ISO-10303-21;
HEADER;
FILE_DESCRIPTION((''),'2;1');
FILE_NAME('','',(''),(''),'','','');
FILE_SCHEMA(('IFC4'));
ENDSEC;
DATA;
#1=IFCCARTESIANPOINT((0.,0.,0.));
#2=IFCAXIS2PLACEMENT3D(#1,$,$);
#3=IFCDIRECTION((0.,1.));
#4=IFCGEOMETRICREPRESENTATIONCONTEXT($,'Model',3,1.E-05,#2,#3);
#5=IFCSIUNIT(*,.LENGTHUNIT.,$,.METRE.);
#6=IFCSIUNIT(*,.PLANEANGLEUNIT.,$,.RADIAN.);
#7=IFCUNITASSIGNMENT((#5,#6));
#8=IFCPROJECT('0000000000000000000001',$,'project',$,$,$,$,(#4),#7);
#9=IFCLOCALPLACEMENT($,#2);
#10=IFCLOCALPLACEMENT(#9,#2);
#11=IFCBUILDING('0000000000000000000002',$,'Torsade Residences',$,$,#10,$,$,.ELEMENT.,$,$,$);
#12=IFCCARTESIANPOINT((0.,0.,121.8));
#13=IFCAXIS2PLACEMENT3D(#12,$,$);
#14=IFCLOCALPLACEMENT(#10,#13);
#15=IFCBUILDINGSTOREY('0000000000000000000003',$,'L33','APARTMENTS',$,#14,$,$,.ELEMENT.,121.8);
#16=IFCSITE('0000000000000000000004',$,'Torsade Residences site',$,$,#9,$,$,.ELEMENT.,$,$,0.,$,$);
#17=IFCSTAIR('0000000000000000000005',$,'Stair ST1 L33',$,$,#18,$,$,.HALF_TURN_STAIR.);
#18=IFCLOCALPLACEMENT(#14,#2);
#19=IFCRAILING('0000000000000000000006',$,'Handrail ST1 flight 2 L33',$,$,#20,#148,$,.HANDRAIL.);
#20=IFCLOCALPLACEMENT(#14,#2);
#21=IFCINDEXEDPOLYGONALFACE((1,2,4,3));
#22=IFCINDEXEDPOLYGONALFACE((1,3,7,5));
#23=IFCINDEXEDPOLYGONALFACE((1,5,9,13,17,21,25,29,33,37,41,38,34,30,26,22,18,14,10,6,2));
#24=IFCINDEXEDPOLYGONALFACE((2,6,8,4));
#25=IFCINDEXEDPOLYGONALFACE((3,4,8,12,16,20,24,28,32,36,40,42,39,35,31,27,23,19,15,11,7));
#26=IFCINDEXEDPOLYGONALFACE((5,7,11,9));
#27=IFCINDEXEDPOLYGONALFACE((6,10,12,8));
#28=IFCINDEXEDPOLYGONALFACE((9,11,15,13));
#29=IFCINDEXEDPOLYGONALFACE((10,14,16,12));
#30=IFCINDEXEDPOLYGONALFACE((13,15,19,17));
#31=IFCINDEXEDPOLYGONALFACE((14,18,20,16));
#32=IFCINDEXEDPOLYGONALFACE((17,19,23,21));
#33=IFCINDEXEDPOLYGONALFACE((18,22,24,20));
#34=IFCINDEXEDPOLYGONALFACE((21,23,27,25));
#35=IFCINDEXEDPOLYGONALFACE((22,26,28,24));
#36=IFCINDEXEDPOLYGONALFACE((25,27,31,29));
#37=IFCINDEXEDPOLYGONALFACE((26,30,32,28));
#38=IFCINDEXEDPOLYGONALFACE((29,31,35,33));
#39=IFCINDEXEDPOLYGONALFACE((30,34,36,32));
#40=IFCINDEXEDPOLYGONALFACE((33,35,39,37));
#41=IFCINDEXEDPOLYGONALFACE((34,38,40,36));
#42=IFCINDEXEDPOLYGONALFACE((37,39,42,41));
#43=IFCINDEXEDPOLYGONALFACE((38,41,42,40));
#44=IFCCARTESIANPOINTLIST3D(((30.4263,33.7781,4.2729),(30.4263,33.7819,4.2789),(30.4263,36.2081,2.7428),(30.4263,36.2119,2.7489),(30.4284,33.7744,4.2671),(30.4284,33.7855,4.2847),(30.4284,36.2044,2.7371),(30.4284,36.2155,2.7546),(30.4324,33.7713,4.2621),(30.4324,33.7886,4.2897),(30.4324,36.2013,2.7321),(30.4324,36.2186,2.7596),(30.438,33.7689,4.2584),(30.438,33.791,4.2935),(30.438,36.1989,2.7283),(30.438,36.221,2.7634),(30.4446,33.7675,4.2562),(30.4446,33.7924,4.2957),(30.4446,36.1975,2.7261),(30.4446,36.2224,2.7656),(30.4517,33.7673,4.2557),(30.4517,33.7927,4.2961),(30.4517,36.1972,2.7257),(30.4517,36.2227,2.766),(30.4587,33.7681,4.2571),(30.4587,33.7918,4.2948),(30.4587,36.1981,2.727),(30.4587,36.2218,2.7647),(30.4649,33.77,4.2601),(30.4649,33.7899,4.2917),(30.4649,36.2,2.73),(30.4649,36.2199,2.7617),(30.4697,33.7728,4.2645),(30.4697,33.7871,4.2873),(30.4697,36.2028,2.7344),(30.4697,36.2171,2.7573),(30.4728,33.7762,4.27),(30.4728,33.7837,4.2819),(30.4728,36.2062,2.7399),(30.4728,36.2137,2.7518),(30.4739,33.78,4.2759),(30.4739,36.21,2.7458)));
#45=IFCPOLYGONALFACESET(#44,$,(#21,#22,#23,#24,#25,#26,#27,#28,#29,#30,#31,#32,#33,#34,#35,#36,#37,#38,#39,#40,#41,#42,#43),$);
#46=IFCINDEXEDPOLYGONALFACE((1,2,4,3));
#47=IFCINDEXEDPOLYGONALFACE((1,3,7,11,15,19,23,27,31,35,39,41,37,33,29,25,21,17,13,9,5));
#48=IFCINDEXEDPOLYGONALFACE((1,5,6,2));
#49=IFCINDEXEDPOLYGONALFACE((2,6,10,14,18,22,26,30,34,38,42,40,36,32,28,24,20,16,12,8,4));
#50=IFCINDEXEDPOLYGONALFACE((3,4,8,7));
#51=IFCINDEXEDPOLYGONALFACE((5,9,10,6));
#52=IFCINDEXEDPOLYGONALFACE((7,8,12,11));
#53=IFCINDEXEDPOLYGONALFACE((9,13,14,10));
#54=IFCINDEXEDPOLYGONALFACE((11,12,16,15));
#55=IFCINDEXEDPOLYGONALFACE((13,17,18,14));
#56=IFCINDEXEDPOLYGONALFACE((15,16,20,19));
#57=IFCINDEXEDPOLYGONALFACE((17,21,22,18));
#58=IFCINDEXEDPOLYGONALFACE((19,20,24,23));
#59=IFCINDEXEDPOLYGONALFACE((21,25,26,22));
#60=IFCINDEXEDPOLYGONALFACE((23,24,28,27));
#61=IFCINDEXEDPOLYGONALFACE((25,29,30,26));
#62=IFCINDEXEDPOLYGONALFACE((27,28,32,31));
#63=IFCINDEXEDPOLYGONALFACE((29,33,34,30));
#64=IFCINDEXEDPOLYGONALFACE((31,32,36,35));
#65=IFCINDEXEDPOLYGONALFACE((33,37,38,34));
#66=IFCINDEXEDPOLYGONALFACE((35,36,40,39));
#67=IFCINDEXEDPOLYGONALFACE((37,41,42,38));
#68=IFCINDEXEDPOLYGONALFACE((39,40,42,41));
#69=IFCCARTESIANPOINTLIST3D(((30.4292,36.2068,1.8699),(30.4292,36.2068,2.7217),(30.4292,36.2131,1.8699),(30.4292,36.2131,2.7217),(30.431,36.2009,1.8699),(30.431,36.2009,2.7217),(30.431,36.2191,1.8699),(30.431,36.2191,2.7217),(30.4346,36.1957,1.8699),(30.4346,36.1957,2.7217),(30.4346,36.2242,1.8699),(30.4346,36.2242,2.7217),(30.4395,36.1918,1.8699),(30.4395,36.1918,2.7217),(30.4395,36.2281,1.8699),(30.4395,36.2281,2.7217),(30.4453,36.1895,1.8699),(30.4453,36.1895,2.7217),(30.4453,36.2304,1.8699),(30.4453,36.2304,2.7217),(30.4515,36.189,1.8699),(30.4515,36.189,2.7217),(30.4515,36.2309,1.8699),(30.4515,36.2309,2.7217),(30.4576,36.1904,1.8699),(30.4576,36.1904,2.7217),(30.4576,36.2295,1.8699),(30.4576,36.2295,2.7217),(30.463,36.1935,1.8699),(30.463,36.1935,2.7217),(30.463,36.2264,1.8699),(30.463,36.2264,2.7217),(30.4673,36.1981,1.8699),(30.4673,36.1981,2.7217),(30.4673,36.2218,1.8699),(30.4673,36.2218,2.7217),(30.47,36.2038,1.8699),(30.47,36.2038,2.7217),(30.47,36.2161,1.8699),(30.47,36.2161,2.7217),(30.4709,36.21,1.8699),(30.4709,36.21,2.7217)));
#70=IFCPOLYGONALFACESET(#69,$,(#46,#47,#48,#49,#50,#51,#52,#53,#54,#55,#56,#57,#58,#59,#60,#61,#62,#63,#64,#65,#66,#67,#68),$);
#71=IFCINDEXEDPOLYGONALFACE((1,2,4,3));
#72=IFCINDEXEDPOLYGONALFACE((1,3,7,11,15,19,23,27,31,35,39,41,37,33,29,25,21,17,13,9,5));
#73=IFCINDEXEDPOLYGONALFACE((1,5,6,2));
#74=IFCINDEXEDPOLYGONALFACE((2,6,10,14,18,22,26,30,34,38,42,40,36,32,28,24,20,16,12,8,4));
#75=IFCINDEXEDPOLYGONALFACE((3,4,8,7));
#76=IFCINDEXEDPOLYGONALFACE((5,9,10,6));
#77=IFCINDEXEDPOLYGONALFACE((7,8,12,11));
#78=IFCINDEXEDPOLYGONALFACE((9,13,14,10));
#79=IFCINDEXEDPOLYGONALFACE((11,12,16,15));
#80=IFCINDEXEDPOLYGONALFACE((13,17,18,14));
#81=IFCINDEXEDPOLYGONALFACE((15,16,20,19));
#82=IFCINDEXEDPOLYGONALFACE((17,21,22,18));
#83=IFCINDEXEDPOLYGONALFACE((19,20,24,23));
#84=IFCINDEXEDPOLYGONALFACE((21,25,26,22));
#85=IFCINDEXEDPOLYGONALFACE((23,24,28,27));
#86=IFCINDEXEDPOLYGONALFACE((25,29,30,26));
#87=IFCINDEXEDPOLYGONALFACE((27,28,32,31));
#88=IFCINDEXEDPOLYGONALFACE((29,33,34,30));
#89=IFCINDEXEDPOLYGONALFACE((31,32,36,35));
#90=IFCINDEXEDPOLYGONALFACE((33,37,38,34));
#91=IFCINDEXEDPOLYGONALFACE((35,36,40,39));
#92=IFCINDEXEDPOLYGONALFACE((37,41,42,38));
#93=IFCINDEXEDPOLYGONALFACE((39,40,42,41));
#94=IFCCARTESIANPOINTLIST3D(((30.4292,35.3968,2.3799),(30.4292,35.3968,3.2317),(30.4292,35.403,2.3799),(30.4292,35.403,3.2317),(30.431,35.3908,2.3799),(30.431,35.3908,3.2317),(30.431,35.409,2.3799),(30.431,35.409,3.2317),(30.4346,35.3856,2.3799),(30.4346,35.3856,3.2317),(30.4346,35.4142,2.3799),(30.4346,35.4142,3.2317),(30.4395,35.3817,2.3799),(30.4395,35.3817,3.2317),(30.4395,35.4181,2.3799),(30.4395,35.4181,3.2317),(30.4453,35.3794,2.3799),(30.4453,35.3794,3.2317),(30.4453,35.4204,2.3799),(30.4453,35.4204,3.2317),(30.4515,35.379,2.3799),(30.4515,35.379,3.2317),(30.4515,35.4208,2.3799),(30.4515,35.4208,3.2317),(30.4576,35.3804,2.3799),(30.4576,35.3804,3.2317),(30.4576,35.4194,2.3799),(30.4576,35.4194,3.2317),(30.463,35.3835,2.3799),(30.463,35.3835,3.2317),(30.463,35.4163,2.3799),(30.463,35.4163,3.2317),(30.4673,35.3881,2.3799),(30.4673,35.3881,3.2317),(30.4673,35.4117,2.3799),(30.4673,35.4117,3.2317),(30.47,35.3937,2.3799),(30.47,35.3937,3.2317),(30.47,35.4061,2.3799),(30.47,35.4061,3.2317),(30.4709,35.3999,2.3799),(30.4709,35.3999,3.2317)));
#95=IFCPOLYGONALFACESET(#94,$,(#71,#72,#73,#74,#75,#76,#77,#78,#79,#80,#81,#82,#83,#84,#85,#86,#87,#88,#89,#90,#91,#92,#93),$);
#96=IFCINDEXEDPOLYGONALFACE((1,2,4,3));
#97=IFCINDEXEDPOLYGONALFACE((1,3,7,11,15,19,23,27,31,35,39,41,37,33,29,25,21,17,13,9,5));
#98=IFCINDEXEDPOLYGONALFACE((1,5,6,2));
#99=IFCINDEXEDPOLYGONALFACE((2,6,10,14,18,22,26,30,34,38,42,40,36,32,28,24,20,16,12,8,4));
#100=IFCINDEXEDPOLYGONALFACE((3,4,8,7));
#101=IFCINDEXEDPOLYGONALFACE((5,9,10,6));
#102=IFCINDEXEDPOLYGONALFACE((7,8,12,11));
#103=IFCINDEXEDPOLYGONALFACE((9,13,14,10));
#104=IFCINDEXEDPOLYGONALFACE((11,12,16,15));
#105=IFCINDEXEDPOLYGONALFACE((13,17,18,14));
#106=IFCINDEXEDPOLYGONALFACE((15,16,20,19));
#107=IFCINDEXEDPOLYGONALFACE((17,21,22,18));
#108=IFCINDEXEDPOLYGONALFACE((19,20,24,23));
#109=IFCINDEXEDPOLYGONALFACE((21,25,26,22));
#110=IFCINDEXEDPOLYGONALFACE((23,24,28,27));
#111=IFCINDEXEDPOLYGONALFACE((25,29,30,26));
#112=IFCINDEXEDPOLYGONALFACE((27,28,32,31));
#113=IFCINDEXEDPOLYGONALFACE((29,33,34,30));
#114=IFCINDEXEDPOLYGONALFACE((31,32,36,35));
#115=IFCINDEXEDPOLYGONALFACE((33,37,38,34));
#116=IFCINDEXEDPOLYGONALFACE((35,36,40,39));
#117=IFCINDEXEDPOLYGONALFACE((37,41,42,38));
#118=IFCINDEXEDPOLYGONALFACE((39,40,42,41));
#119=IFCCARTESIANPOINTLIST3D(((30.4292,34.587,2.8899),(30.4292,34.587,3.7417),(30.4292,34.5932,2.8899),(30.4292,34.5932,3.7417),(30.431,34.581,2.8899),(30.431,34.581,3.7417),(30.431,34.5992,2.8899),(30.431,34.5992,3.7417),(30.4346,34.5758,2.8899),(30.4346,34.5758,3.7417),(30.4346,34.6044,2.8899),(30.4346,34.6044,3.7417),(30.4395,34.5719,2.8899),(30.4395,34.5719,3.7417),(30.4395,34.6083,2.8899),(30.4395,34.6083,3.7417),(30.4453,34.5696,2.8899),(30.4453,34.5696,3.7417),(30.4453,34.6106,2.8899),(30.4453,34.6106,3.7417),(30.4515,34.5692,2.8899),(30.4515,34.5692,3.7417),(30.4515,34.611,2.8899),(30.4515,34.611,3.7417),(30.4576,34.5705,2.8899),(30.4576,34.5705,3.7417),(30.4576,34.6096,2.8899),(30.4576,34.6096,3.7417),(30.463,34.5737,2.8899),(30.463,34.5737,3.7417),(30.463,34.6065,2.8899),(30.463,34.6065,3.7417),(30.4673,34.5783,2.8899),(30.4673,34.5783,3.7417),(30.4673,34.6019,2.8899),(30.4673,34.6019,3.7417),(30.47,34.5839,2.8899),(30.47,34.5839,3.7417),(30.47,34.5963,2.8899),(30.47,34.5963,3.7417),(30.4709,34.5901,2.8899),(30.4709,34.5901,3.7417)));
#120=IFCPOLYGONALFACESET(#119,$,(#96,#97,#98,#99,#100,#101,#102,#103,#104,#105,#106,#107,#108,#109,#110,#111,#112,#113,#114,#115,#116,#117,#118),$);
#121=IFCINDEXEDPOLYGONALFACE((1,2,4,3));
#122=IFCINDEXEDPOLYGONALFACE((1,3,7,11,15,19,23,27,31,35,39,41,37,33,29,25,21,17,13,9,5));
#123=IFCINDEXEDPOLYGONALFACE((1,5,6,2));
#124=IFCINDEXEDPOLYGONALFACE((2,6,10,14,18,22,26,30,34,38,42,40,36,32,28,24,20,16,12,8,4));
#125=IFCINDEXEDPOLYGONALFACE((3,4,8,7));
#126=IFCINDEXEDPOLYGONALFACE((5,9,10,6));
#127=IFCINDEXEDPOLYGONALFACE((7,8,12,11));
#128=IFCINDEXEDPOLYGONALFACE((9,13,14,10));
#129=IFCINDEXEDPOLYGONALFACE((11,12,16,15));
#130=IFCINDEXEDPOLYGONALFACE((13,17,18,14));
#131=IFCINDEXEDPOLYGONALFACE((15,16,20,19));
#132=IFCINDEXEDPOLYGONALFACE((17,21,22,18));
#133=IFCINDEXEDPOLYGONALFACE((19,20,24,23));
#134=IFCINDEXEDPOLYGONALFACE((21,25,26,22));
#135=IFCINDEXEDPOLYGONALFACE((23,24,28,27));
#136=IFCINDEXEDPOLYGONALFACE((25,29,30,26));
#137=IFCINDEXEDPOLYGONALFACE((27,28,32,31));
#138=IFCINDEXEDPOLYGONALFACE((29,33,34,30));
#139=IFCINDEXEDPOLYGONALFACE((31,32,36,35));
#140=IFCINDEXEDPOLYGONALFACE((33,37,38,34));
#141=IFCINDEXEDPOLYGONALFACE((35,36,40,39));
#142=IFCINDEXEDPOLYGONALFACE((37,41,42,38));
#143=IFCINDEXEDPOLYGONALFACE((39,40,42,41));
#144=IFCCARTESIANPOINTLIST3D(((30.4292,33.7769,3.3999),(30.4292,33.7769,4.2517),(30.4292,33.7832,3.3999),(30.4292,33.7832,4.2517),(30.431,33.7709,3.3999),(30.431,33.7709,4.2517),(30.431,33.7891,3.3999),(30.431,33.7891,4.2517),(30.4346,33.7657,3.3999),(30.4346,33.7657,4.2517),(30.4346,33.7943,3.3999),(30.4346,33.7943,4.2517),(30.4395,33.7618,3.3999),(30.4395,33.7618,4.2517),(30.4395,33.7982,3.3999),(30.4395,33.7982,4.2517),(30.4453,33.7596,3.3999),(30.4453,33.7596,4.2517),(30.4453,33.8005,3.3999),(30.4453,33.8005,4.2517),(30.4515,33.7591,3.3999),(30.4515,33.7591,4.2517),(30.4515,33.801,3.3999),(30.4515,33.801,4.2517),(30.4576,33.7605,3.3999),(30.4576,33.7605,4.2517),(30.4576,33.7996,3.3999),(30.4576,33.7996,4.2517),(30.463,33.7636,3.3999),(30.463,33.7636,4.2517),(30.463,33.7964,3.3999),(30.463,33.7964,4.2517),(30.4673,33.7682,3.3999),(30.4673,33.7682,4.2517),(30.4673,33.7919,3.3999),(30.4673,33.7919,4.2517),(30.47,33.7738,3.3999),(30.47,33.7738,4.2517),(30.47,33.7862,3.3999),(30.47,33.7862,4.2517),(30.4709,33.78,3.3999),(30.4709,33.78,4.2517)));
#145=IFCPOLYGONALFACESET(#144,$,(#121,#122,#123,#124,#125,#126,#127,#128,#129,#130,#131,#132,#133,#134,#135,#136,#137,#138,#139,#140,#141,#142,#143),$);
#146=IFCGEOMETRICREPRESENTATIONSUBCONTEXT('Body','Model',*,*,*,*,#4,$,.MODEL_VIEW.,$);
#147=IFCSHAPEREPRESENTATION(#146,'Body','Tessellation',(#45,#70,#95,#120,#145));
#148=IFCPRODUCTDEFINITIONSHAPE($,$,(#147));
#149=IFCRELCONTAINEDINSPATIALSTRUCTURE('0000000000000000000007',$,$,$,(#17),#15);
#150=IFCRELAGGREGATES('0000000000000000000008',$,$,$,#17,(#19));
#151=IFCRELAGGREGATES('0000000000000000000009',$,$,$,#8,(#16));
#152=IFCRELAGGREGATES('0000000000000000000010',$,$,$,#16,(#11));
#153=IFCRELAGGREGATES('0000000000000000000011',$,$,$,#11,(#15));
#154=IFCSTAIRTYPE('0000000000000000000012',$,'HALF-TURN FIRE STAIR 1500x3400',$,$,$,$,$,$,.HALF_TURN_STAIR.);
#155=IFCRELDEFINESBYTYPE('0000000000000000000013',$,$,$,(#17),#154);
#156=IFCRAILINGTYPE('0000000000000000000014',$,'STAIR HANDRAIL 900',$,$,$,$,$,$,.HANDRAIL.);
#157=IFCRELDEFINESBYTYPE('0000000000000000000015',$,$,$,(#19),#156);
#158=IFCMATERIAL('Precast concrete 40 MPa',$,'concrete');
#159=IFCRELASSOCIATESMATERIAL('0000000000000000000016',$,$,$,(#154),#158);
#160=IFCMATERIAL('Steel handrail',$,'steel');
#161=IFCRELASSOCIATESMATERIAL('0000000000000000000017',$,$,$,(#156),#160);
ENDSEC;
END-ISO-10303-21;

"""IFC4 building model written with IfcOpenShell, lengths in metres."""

from ifc_helpers import new_model, si_unit, direction, frame, origin, origin_2d, place, context, subcontext, project, spatial, circle, extrude, material, type_object, element, aggregate, save


model = new_model("IFC4")

# Units and contexts
model_context = context("Model", 3, precision=1e-05, world=origin(), true_north=direction((0.0, 1.0)))
body_context = subcontext(model_context, "Body", "Model", "MODEL_VIEW")
ifc_project = project(units=[si_unit("LENGTHUNIT", "METRE"), si_unit("PLANEANGLEUNIT", "RADIAN")], contexts=[model_context])

# Site, building, storey
site_placement = place(None, origin())
site = spatial("IfcSite", under=ifc_project, at=site_placement, Name="Torsade Residences site", CompositionType="ELEMENT", RefElevation=0.0)
building_placement = place(site_placement, origin())
building = spatial("IfcBuilding", under=site, at=building_placement, Name="Torsade Residences", CompositionType="ELEMENT")
storey_placement = place(building_placement, frame((0.0, 0.0, 121.8)))
storey = spatial("IfcBuildingStorey", under=building, at=storey_placement, Name="L33", Description="APARTMENTS", CompositionType="ELEMENT", Elevation=121.8)

# Stair, railing
ifc_material_1 = material(Name="Precast concrete 40 MPa", Category="concrete")
stair_type = type_object("IfcStairType", Name="HALF-TURN FIRE STAIR 1500x3400", PredefinedType="HALF_TURN_STAIR", material=ifc_material_1)
stair_placement = place(storey_placement, origin())
stair = element("IfcStair", 1, at=stair_placement, inside=storey, type_object=stair_type, Name="Stair ST1 L33", PredefinedType="HALF_TURN_STAIR")
ifc_material_2 = material(Name="Steel handrail", Category="steel")
railing_type = type_object("IfcRailingType", Name="STAIR HANDRAIL 900", PredefinedType="HANDRAIL", material=ifc_material_2)
railing_placement = place(storey_placement, frame((30.45, 36.21, 1.8699)))
railing = element("IfcRailing", 2, at=railing_placement, type_object=railing_type, Name="Handrail ST1 flight 2 L33", PredefinedType="HANDRAIL", context=body_context, shape_type="SweptSolid", body=[
    extrude(circle(Radius=0.0239, at=origin_2d()), frame((0.0, 0.0, 0.876), z_axis=(0.0, -0.846221, 0.532831), x_axis=(1.0, 0.0, 0.0)), (0.0, 0.0, 1.0), 2.8716),
    extrude(circle(Radius=0.021, at=origin_2d()), origin(), (0.0, 0.0, 1.0), 0.8518),
    extrude(circle(Radius=0.021, at=origin_2d()), frame((0.0, -0.8101, 0.51)), (0.0, 0.0, 1.0), 0.8518),
    extrude(circle(Radius=0.021, at=origin_2d()), frame((0.0, -1.6199, 1.02)), (0.0, 0.0, 1.0), 0.8518),
    extrude(circle(Radius=0.021, at=origin_2d()), frame((0.0, -2.4299, 1.53)), (0.0, 0.0, 1.0), 0.8518),
])
aggregate(stair, [railing])

save(model, "model.ifc")
